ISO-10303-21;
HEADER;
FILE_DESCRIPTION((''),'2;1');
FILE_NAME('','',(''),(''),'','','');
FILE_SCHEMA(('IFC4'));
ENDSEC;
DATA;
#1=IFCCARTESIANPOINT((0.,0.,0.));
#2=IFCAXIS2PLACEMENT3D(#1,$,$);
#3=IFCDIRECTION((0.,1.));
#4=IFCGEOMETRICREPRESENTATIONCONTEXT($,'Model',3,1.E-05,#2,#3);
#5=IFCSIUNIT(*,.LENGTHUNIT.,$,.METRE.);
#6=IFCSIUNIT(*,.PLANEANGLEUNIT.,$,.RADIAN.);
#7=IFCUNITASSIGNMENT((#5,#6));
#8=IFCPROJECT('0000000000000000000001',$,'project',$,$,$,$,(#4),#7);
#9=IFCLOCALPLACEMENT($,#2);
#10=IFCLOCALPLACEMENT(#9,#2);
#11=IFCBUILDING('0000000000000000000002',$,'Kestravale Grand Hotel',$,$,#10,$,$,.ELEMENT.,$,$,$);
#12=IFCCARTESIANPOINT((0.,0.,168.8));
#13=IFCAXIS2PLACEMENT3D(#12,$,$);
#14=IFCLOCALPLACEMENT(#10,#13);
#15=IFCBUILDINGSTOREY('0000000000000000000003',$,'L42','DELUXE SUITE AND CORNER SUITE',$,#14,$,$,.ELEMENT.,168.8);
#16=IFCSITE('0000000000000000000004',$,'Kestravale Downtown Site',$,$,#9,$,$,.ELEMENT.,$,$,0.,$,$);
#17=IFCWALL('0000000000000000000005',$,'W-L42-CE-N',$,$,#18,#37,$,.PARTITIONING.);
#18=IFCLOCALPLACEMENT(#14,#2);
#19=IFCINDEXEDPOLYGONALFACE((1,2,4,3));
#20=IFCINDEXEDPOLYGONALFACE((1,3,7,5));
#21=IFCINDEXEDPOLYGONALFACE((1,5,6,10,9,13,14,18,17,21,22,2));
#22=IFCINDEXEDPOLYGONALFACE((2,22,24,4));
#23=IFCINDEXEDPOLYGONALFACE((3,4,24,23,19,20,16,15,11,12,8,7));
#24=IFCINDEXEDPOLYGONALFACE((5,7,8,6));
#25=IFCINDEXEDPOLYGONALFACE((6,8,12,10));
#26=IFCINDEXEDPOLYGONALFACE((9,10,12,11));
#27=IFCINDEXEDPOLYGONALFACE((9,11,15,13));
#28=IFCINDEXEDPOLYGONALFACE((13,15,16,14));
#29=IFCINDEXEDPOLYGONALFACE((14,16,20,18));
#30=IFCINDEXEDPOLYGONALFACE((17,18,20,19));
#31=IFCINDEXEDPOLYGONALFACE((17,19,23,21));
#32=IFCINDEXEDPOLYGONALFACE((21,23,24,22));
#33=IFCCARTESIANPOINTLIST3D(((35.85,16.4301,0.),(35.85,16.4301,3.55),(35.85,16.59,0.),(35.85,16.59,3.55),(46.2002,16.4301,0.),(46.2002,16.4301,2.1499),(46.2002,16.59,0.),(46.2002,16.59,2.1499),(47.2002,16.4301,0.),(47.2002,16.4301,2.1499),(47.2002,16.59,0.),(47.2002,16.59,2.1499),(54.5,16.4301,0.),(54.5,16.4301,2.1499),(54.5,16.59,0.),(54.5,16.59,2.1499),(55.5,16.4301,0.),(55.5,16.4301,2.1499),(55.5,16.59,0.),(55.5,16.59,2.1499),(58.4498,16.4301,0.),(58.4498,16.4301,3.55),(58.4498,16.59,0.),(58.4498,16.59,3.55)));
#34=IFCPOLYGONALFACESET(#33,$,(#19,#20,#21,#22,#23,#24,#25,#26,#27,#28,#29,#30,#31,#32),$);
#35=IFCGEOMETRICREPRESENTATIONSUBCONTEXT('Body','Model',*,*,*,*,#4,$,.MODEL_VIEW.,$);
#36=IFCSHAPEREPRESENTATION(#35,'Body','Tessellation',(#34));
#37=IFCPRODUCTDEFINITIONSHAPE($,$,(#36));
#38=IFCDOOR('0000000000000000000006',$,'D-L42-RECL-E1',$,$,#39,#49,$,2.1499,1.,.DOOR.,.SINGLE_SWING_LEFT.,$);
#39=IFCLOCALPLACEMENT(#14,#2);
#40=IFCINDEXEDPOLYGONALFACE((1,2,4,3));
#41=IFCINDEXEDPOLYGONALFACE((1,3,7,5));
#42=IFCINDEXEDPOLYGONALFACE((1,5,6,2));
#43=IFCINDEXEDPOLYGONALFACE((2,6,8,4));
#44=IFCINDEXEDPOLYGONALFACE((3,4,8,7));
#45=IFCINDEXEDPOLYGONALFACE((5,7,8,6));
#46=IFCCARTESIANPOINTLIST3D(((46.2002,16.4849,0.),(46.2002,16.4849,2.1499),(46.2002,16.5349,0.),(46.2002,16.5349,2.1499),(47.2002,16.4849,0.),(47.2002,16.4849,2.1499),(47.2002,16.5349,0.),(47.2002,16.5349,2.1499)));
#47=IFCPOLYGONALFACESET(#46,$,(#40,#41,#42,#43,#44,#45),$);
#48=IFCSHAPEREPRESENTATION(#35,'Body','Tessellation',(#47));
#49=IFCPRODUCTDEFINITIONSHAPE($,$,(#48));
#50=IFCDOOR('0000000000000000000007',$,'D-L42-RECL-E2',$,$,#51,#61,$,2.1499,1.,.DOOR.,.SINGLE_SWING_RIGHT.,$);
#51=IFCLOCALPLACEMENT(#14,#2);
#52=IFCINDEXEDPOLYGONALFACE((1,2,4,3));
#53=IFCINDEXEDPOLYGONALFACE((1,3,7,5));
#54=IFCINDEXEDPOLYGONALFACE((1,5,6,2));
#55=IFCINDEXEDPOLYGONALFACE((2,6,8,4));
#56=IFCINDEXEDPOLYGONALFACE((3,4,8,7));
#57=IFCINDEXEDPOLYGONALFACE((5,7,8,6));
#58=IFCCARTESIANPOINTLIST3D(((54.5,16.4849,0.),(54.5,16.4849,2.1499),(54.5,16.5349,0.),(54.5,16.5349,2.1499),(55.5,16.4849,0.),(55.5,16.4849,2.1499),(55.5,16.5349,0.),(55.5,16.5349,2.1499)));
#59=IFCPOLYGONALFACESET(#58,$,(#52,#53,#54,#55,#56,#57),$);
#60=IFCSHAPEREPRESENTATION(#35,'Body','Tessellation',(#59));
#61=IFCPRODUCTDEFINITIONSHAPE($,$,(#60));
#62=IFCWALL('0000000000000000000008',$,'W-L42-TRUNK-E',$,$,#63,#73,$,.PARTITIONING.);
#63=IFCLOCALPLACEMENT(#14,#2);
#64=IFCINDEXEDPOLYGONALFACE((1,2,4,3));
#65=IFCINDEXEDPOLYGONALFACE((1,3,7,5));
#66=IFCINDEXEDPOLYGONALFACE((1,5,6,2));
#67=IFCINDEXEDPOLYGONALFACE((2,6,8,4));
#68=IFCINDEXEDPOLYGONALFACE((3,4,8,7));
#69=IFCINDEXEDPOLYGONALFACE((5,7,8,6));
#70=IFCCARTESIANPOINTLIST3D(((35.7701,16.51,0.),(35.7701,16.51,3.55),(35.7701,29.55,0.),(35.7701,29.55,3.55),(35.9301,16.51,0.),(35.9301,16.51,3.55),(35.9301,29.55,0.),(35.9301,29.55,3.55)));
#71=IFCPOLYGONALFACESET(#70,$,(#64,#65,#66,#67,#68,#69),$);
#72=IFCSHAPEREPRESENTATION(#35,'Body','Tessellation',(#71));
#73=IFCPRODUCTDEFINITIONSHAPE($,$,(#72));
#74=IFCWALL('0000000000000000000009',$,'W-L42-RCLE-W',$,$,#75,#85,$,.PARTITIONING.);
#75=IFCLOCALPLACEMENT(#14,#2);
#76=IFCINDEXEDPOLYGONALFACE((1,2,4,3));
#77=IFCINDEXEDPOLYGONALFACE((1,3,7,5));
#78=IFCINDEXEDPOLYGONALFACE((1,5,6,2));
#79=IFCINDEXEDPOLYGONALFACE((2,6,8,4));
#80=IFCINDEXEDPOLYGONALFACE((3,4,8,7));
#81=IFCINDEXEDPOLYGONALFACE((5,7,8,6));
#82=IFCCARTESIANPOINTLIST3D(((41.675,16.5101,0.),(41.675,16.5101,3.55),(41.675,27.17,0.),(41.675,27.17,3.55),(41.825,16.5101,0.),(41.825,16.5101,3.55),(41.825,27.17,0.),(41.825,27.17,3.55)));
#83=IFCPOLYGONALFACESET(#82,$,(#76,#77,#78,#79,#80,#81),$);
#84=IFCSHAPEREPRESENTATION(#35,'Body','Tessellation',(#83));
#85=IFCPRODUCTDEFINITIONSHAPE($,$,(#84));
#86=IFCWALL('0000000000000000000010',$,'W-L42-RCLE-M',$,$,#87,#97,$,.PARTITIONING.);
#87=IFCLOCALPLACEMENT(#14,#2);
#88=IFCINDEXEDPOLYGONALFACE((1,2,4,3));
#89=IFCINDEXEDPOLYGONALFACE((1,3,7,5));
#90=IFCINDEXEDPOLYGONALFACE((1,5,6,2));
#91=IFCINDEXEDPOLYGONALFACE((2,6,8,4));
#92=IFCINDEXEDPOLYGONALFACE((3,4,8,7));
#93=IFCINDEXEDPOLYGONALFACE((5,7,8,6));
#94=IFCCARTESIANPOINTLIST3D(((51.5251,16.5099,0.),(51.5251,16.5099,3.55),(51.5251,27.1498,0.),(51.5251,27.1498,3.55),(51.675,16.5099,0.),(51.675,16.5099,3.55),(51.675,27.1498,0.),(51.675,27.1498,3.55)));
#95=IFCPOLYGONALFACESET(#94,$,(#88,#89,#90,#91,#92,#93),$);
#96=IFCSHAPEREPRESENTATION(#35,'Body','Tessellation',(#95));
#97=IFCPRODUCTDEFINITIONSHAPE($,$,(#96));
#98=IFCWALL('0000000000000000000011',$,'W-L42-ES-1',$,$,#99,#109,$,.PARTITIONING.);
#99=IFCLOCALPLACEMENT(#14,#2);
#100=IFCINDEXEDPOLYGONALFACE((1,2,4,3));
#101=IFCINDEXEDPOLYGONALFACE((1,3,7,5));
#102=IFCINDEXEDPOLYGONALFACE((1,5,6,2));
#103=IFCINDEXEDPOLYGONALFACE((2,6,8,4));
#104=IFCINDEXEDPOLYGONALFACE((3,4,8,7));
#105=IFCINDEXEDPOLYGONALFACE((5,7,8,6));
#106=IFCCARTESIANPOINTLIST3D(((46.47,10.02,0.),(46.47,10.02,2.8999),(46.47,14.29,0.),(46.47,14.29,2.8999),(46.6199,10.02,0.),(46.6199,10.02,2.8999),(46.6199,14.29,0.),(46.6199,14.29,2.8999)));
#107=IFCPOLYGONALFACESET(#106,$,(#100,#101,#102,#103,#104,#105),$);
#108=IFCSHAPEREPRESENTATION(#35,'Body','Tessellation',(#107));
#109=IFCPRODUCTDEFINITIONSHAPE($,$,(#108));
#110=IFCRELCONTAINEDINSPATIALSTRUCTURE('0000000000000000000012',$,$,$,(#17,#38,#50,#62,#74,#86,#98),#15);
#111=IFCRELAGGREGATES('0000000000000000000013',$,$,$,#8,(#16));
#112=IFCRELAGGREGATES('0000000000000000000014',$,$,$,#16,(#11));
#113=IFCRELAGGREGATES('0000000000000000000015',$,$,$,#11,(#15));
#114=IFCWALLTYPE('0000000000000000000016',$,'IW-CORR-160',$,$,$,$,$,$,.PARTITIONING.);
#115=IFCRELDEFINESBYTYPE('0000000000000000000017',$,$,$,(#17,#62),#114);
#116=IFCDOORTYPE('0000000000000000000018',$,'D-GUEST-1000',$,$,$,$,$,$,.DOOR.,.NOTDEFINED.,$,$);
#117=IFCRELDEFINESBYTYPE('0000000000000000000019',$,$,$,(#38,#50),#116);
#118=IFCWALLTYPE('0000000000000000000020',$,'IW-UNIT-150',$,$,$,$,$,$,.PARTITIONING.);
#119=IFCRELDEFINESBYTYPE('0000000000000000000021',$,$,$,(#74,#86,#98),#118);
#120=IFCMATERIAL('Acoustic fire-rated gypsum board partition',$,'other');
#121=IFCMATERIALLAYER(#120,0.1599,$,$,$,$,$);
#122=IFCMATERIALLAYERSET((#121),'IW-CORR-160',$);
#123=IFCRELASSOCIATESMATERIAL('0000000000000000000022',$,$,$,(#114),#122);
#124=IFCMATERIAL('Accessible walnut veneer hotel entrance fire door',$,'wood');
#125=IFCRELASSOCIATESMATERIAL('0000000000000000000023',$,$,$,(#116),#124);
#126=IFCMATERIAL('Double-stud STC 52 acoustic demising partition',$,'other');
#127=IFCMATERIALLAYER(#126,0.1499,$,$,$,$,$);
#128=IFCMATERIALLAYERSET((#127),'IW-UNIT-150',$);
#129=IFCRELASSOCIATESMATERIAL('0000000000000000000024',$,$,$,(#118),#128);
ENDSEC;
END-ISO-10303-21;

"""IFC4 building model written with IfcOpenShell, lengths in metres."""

from ifc_helpers import new_model, si_unit, direction, frame, frame_2d, origin, place, context, subcontext, project, spatial, rectangle, extrude, material, layer, layer_set, type_object, element, fill, save


model = new_model("IFC4")

# Units and contexts
model_context = context("Model", 3, precision=1e-05, world=origin(), true_north=direction((0.0, 1.0)))
body_context = subcontext(model_context, "Body", "Model", "MODEL_VIEW")
ifc_project = project(units=[si_unit("LENGTHUNIT", "METRE"), si_unit("PLANEANGLEUNIT", "RADIAN")], contexts=[model_context])

# Site, building, storey
site_placement = place(None, origin())
site = spatial("IfcSite", under=ifc_project, at=site_placement, Name="Kestravale Downtown Site", CompositionType="ELEMENT", RefElevation=0.0)
building_placement = place(site_placement, origin())
building = spatial("IfcBuilding", under=site, at=building_placement, Name="Kestravale Grand Hotel", CompositionType="ELEMENT")
storey_placement = place(building_placement, frame((0.0, 0.0, 168.8)))
storey = spatial("IfcBuildingStorey", under=building, at=storey_placement, Name="L42", Description="DELUXE SUITE AND CORNER SUITE", CompositionType="ELEMENT", Elevation=168.8)

# Wall, openings, doors
ifc_material_1 = material(Name="Acoustic fire-rated gypsum board partition", Category="other")
ifc_layer_1 = layer(ifc_material_1, 0.1599)
ifc_layer_set_1 = layer_set([ifc_layer_1], Name="IW-CORR-160")
wall_type_1 = type_object("IfcWallType", Name="IW-CORR-160", PredefinedType="PARTITIONING", material=ifc_layer_set_1)
wall_1_placement = place(storey_placement, frame((35.8501, 16.51, 0.0), z_axis=(0.0, 0.0, 1.0), x_axis=(1.0, 0.0, 0.0)))
wall_1 = element("IfcWall", 1, at=wall_1_placement, inside=storey, type_object=wall_type_1, Name="W-L42-CE-N", PredefinedType="PARTITIONING", context=body_context, shape_type="SweptSolid", body=[
    extrude(rectangle(XDim=22.5999, YDim=0.1599, at=frame_2d((11.2998, 0.0))), origin(), (0.0, 0.0, 1.0), 3.55),
])
opening_1_placement = place(wall_1_placement, frame((10.3501, 0.0, 0.0)))
opening_1 = element("IfcOpeningElement", 2, at=opening_1_placement, cuts=wall_1, PredefinedType="OPENING", context=body_context, shape_type="SweptSolid", body=[
    extrude(rectangle(XDim=1.0, YDim=2.1499, at=frame_2d((0.5, 1.075))), frame((0.0, 0.0898, 0.0), z_axis=(0.0, -1.0, 0.0), x_axis=(1.0, 0.0, 0.0)), (0.0, 0.0, 1.0), 0.1799),
])
opening_2_placement = place(wall_1_placement, frame((18.6499, 0.0, 0.0)))
opening_2 = element("IfcOpeningElement", 3, at=opening_2_placement, cuts=wall_1, PredefinedType="OPENING", context=body_context, shape_type="SweptSolid", body=[
    extrude(rectangle(XDim=1.0, YDim=2.1499, at=frame_2d((0.5, 1.075))), frame((0.0, 0.0898, 0.0), z_axis=(0.0, -1.0, 0.0), x_axis=(1.0, 0.0, 0.0)), (0.0, 0.0, 1.0), 0.1799),
])
ifc_material_2 = material(Name="Accessible walnut veneer hotel entrance fire door", Category="wood")
door_type = type_object("IfcDoorType", Name="D-GUEST-1000", OperationType="NOTDEFINED", PredefinedType="DOOR", material=ifc_material_2)
door_1_placement = place(opening_1_placement, origin())
door_1 = element("IfcDoor", 4, at=door_1_placement, inside=storey, type_object=door_type, Name="D-L42-RECL-E1", OperationType="SINGLE_SWING_LEFT", OverallHeight=2.1499, OverallWidth=1.0, PredefinedType="DOOR", context=body_context, shape_type="SweptSolid", body=[
    extrude(rectangle(XDim=1.0, YDim=2.1499, at=frame_2d((0.5, 1.075))), frame((0.0, 0.0249, 0.0), z_axis=(0.0, -1.0, 0.0), x_axis=(1.0, 0.0, 0.0)), (0.0, 0.0, 1.0), 0.05),
])
fill(opening_1, door_1)
door_2_placement = place(opening_2_placement, origin())
door_2 = element("IfcDoor", 5, at=door_2_placement, inside=storey, type_object=door_type, Name="D-L42-RECL-E2", OperationType="SINGLE_SWING_RIGHT", OverallHeight=2.1499, OverallWidth=1.0, PredefinedType="DOOR", context=body_context, shape_type="SweptSolid", body=[
    extrude(rectangle(XDim=1.0, YDim=2.1499, at=frame_2d((0.5, 1.075))), frame((0.0, 0.0249, 0.0), z_axis=(0.0, -1.0, 0.0), x_axis=(1.0, 0.0, 0.0)), (0.0, 0.0, 1.0), 0.05),
])
fill(opening_2, door_2)

# Walls
wall_2_placement = place(storey_placement, frame((35.8501, 16.51, 0.0), z_axis=(0.0, 0.0, 1.0), x_axis=(0.0, 1.0, 0.0)))
element("IfcWall", 6, at=wall_2_placement, inside=storey, type_object=wall_type_1, Name="W-L42-TRUNK-E", PredefinedType="PARTITIONING", context=body_context, shape_type="SweptSolid", body=[
    extrude(rectangle(XDim=13.04, YDim=0.1599, at=frame_2d((6.52, 0.0))), origin(), (0.0, 0.0, 1.0), 3.55),
])
ifc_material_3 = material(Name="Double-stud STC 52 acoustic demising partition", Category="other")
ifc_layer_2 = layer(ifc_material_3, 0.1499)
ifc_layer_set_2 = layer_set([ifc_layer_2], Name="IW-UNIT-150")
wall_type_2 = type_object("IfcWallType", Name="IW-UNIT-150", PredefinedType="PARTITIONING", material=ifc_layer_set_2)
wall_3_placement = place(storey_placement, frame((41.75, 16.51, 0.0), z_axis=(0.0, 0.0, 1.0), x_axis=(0.0, 1.0, 0.0)))
element("IfcWall", 7, at=wall_3_placement, inside=storey, type_object=wall_type_2, Name="W-L42-RCLE-W", PredefinedType="PARTITIONING", context=body_context, shape_type="SweptSolid", body=[
    extrude(rectangle(XDim=10.6599, YDim=0.1499, at=frame_2d((5.3301, 0.0))), origin(), (0.0, 0.0, 1.0), 3.55),
])
wall_4_placement = place(storey_placement, frame((51.6001, 16.51, 0.0), z_axis=(0.0, 0.0, 1.0), x_axis=(0.0, 1.0, 0.0)))
element("IfcWall", 8, at=wall_4_placement, inside=storey, type_object=wall_type_2, Name="W-L42-RCLE-M", PredefinedType="PARTITIONING", context=body_context, shape_type="SweptSolid", body=[
    extrude(rectangle(XDim=10.6399, YDim=0.1499, at=frame_2d((5.3198, 0.0))), origin(), (0.0, 0.0, 1.0), 3.55),
])
wall_5_placement = place(storey_placement, frame((46.5449, 10.02, 0.0), z_axis=(0.0, 0.0, 1.0), x_axis=(0.0, 1.0, 0.0)))
element("IfcWall", 9, at=wall_5_placement, inside=storey, type_object=wall_type_2, Name="W-L42-ES-1", PredefinedType="PARTITIONING", context=body_context, shape_type="SweptSolid", body=[
    extrude(rectangle(XDim=4.27, YDim=0.1499, at=frame_2d((2.135, 0.0))), origin(), (0.0, 0.0, 1.0), 2.8999),
])

save(model, "model.ifc")
